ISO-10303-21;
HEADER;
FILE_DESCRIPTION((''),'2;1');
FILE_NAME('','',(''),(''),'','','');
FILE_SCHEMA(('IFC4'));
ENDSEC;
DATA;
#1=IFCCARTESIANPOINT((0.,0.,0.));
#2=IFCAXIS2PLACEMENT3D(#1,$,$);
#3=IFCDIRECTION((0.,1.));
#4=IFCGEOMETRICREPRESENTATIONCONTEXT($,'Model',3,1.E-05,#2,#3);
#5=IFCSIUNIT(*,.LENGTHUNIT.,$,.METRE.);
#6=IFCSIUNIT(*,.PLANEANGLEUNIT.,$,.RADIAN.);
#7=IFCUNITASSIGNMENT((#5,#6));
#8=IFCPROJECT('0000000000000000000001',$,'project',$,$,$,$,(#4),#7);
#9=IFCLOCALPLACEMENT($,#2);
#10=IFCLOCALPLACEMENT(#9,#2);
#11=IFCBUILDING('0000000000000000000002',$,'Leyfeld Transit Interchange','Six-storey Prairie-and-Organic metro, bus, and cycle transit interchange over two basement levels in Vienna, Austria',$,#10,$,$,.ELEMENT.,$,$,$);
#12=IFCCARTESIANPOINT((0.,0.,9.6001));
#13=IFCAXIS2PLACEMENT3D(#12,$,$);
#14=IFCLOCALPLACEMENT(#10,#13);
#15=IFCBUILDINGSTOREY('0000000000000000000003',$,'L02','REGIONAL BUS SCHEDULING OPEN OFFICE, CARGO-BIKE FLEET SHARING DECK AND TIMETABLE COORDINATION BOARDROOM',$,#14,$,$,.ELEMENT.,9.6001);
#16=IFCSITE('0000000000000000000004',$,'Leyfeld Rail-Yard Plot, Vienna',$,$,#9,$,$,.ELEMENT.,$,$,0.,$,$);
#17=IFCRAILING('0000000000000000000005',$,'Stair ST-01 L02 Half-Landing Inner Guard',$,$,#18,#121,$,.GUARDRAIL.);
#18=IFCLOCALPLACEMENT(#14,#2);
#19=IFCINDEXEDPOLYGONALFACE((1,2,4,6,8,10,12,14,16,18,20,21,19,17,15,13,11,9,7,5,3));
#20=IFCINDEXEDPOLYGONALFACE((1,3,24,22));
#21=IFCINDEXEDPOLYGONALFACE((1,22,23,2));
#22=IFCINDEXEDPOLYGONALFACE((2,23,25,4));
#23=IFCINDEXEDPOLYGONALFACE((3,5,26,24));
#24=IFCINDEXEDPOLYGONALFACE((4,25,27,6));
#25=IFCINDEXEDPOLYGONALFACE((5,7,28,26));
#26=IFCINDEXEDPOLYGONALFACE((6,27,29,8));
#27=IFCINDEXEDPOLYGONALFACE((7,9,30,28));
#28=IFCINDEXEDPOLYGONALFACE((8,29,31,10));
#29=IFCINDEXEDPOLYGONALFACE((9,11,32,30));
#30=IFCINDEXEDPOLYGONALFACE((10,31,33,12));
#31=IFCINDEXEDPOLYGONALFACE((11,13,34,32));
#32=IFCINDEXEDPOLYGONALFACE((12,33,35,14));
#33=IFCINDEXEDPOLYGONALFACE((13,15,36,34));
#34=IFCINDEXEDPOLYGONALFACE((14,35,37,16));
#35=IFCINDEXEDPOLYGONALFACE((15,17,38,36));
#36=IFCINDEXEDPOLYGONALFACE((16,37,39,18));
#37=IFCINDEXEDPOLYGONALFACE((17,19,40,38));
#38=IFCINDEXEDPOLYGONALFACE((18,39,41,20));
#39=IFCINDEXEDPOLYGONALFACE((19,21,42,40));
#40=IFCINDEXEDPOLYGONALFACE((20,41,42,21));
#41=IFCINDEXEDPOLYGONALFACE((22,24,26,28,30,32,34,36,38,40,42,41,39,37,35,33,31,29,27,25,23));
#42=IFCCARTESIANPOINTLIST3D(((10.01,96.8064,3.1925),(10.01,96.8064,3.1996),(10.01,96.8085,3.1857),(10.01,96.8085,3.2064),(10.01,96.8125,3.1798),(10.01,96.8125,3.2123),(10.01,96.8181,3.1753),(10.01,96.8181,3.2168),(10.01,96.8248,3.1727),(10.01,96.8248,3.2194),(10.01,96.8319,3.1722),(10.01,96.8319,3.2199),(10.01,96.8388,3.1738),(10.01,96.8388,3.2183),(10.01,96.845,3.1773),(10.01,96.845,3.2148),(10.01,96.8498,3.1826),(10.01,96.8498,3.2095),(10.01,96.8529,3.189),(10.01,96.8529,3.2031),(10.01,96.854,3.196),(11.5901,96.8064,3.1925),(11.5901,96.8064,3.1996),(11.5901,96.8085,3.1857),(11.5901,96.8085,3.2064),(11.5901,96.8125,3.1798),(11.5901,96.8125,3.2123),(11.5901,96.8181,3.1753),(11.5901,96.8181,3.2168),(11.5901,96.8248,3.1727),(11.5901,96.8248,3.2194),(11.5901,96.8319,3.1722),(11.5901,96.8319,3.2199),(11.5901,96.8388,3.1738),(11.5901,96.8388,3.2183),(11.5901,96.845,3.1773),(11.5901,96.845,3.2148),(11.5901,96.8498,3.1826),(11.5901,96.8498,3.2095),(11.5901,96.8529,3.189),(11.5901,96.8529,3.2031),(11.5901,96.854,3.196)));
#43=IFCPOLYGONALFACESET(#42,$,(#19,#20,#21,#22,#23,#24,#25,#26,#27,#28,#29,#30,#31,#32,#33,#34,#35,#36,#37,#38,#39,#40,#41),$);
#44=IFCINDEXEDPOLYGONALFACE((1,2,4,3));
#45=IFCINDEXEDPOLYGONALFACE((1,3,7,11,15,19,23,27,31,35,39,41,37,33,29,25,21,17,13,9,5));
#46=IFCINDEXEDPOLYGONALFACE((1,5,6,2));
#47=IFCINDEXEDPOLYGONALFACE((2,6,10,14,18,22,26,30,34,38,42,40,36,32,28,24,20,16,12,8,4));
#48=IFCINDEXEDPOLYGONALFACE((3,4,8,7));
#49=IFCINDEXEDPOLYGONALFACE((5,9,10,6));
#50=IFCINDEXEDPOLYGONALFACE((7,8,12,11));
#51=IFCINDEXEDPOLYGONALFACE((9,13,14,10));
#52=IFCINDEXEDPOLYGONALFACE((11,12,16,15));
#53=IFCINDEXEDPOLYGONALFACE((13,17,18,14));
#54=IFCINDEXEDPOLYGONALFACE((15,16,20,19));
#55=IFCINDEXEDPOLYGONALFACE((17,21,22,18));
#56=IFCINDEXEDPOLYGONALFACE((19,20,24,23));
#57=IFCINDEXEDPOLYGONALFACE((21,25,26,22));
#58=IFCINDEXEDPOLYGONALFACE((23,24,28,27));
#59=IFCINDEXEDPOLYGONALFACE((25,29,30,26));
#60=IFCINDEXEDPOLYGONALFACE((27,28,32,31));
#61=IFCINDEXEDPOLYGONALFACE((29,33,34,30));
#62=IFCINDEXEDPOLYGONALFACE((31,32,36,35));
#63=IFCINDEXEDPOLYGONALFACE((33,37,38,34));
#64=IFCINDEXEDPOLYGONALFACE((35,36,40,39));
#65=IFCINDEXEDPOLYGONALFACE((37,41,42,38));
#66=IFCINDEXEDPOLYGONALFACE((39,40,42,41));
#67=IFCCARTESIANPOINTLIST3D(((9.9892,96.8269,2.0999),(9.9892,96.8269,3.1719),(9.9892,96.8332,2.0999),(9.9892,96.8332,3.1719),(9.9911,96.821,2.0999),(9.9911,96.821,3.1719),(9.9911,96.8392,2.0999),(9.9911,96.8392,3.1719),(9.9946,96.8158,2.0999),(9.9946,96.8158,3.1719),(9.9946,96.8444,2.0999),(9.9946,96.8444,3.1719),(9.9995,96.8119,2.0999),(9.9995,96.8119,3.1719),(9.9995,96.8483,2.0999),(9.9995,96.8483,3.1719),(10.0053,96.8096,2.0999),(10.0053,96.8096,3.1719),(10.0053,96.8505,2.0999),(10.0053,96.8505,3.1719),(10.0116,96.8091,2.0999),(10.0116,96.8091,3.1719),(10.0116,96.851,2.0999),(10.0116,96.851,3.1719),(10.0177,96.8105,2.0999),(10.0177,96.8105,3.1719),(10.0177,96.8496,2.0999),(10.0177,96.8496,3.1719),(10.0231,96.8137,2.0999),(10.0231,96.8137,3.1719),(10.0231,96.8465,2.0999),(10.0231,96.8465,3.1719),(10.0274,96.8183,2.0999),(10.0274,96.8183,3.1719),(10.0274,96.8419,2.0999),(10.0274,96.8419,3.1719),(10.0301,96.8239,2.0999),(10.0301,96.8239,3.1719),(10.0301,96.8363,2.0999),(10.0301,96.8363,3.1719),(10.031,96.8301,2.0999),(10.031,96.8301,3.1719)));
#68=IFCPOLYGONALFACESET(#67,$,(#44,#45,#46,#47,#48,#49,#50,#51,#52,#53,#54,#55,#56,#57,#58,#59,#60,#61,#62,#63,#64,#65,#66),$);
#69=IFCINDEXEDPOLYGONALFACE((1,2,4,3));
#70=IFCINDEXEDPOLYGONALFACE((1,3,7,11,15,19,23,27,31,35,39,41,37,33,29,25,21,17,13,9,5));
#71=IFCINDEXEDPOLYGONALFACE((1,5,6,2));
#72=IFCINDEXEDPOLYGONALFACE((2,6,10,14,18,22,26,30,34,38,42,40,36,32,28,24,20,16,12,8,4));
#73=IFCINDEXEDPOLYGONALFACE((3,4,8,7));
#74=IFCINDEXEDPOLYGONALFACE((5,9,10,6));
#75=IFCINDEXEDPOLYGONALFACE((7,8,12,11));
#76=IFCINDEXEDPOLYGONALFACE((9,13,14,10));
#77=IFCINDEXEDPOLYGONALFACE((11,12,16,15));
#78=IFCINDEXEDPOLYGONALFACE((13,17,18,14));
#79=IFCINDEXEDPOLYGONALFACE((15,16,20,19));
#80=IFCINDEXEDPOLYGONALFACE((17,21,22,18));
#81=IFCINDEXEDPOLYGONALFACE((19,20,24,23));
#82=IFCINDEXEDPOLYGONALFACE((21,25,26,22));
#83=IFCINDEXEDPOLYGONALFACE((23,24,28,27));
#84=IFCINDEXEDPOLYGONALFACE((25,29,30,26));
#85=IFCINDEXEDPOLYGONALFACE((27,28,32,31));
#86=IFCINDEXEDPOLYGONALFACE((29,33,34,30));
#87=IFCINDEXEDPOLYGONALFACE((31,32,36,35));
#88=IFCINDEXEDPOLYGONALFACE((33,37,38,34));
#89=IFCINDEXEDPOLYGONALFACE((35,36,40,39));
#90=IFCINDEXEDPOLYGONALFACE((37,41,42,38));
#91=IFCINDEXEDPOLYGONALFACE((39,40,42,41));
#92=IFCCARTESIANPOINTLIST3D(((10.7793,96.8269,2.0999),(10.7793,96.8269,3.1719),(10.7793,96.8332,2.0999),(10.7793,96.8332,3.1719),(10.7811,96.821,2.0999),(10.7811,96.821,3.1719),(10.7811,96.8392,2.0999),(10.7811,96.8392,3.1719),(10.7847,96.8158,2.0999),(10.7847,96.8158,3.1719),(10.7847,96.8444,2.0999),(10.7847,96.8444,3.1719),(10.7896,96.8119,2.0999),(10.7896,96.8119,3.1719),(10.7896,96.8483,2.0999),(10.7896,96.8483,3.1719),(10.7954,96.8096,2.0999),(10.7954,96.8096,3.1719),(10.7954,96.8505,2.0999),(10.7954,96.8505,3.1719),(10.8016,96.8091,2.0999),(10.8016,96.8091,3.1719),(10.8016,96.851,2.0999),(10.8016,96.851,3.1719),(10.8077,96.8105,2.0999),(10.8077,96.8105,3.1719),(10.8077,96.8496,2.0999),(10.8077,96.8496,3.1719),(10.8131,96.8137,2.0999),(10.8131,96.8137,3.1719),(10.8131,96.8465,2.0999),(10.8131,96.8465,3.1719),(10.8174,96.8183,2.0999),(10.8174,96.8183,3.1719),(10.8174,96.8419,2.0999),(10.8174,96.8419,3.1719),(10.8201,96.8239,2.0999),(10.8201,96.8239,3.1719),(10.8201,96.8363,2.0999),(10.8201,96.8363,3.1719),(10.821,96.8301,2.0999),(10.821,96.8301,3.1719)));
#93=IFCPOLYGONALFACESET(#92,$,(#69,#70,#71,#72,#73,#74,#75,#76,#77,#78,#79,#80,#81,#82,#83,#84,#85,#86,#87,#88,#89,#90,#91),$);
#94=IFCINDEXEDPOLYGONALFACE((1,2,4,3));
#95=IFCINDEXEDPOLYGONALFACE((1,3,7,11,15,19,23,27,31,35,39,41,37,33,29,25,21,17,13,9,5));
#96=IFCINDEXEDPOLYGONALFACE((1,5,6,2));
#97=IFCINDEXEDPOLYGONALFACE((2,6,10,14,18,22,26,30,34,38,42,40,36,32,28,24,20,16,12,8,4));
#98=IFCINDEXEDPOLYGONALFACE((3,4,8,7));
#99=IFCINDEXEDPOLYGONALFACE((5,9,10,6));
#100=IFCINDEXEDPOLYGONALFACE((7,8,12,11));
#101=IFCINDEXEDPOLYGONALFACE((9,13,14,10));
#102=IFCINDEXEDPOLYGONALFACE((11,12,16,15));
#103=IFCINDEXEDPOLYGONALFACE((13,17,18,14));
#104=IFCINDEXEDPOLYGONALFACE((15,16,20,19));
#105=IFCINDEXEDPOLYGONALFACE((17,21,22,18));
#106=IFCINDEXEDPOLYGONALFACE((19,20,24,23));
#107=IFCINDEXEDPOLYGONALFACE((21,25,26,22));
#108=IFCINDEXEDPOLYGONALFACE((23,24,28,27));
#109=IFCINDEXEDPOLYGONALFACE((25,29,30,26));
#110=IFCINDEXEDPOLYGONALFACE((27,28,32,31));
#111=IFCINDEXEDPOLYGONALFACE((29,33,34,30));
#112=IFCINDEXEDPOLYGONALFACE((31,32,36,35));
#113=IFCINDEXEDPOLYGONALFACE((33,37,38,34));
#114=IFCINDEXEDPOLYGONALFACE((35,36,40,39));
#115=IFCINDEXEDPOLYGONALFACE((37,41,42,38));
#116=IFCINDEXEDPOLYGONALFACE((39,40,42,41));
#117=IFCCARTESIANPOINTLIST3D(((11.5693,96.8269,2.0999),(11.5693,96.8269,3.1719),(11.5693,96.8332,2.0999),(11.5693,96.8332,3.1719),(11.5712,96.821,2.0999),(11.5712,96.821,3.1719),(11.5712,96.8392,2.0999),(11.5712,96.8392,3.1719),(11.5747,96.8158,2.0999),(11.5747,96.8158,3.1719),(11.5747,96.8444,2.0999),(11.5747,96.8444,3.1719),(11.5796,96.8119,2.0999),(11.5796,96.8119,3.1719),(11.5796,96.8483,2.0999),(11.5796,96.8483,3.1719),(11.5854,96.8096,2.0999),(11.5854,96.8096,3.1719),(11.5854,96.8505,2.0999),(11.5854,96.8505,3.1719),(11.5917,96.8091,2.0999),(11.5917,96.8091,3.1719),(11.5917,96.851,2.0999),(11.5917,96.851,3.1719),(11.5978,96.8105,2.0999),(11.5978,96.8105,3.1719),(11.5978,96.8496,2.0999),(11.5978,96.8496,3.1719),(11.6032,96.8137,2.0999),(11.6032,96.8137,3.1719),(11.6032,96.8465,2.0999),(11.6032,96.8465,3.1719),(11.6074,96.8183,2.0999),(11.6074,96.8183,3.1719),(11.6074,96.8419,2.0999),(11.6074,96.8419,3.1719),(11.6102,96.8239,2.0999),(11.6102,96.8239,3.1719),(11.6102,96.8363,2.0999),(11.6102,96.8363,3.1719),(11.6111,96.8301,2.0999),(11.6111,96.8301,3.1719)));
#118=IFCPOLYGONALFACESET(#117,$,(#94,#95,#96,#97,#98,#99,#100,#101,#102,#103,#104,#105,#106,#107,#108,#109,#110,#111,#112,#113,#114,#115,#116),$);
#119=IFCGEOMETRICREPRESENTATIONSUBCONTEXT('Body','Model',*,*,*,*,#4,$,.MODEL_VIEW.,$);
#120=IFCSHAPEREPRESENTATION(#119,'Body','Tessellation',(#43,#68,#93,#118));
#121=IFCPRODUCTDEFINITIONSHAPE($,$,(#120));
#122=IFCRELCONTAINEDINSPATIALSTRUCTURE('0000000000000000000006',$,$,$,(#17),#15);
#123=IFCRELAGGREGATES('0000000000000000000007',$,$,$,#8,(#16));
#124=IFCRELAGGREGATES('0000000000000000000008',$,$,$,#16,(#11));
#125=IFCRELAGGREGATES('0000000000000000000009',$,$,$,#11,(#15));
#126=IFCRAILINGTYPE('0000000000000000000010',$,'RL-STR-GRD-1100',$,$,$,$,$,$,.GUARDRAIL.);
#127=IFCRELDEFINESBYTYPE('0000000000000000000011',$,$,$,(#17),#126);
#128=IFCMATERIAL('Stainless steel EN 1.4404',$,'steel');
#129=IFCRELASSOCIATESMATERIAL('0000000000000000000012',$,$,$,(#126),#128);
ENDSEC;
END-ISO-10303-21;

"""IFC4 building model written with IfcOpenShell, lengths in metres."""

from ifc_helpers import new_model, si_unit, direction, frame, origin, origin_2d, place, context, subcontext, project, spatial, circle, extrude, material, type_object, element, save


model = new_model("IFC4")

# Units and contexts
model_context = context("Model", 3, precision=1e-05, world=origin(), true_north=direction((0.0, 1.0)))
body_context = subcontext(model_context, "Body", "Model", "MODEL_VIEW")
ifc_project = project(units=[si_unit("LENGTHUNIT", "METRE"), si_unit("PLANEANGLEUNIT", "RADIAN")], contexts=[model_context])

# Site, building, storey
site_placement = place(None, origin())
site = spatial("IfcSite", under=ifc_project, at=site_placement, Name="Leyfeld Rail-Yard Plot, Vienna", CompositionType="ELEMENT", RefElevation=0.0)
building_placement = place(site_placement, origin())
building = spatial("IfcBuilding", under=site, at=building_placement, Name="Leyfeld Transit Interchange", Description="Six-storey Prairie-and-Organic metro, bus, and cycle transit interchange over two basement levels in Vienna, Austria", CompositionType="ELEMENT")
storey_placement = place(building_placement, frame((0.0, 0.0, 9.6001)))
storey = spatial("IfcBuildingStorey", under=building, at=storey_placement, Name="L02", Description="REGIONAL BUS SCHEDULING OPEN OFFICE, CARGO-BIKE FLEET SHARING DECK AND TIMETABLE COORDINATION BOARDROOM", CompositionType="ELEMENT", Elevation=9.6001)

# Shared definitions
ifc_material_1 = material(Name="Stainless steel EN 1.4404", Category="steel")

# Railing
railing_type_1 = type_object("IfcRailingType", Name="RL-STR-GRD-1100", PredefinedType="GUARDRAIL", material=ifc_material_1)
railing_1_placement = place(storey_placement, frame((10.01, 96.8301, 2.0999)))
element("IfcRailing", 1, at=railing_1_placement, inside=storey, type_object=railing_type_1, Name="Stair ST-01 L02 Half-Landing Inner Guard", PredefinedType="GUARDRAIL", context=body_context, shape_type="SweptSolid", body=[
    extrude(circle(Radius=0.0239, at=origin_2d()), frame((0.0, 0.0, 1.0962), z_axis=(1.0, 0.0, 0.0), x_axis=(0.0, 1.0, 0.0)), (0.0, 0.0, 1.0), 1.5801),
    extrude(circle(Radius=0.021, at=origin_2d()), origin(), (0.0, 0.0, 1.0), 1.072),
    extrude(circle(Radius=0.021, at=origin_2d()), frame((0.79, 0.0, 0.0)), (0.0, 0.0, 1.0), 1.072),
    extrude(circle(Radius=0.021, at=origin_2d()), frame((1.5801, 0.0, 0.0)), (0.0, 0.0, 1.0), 1.072),
])

save(model, "model.ifc")
